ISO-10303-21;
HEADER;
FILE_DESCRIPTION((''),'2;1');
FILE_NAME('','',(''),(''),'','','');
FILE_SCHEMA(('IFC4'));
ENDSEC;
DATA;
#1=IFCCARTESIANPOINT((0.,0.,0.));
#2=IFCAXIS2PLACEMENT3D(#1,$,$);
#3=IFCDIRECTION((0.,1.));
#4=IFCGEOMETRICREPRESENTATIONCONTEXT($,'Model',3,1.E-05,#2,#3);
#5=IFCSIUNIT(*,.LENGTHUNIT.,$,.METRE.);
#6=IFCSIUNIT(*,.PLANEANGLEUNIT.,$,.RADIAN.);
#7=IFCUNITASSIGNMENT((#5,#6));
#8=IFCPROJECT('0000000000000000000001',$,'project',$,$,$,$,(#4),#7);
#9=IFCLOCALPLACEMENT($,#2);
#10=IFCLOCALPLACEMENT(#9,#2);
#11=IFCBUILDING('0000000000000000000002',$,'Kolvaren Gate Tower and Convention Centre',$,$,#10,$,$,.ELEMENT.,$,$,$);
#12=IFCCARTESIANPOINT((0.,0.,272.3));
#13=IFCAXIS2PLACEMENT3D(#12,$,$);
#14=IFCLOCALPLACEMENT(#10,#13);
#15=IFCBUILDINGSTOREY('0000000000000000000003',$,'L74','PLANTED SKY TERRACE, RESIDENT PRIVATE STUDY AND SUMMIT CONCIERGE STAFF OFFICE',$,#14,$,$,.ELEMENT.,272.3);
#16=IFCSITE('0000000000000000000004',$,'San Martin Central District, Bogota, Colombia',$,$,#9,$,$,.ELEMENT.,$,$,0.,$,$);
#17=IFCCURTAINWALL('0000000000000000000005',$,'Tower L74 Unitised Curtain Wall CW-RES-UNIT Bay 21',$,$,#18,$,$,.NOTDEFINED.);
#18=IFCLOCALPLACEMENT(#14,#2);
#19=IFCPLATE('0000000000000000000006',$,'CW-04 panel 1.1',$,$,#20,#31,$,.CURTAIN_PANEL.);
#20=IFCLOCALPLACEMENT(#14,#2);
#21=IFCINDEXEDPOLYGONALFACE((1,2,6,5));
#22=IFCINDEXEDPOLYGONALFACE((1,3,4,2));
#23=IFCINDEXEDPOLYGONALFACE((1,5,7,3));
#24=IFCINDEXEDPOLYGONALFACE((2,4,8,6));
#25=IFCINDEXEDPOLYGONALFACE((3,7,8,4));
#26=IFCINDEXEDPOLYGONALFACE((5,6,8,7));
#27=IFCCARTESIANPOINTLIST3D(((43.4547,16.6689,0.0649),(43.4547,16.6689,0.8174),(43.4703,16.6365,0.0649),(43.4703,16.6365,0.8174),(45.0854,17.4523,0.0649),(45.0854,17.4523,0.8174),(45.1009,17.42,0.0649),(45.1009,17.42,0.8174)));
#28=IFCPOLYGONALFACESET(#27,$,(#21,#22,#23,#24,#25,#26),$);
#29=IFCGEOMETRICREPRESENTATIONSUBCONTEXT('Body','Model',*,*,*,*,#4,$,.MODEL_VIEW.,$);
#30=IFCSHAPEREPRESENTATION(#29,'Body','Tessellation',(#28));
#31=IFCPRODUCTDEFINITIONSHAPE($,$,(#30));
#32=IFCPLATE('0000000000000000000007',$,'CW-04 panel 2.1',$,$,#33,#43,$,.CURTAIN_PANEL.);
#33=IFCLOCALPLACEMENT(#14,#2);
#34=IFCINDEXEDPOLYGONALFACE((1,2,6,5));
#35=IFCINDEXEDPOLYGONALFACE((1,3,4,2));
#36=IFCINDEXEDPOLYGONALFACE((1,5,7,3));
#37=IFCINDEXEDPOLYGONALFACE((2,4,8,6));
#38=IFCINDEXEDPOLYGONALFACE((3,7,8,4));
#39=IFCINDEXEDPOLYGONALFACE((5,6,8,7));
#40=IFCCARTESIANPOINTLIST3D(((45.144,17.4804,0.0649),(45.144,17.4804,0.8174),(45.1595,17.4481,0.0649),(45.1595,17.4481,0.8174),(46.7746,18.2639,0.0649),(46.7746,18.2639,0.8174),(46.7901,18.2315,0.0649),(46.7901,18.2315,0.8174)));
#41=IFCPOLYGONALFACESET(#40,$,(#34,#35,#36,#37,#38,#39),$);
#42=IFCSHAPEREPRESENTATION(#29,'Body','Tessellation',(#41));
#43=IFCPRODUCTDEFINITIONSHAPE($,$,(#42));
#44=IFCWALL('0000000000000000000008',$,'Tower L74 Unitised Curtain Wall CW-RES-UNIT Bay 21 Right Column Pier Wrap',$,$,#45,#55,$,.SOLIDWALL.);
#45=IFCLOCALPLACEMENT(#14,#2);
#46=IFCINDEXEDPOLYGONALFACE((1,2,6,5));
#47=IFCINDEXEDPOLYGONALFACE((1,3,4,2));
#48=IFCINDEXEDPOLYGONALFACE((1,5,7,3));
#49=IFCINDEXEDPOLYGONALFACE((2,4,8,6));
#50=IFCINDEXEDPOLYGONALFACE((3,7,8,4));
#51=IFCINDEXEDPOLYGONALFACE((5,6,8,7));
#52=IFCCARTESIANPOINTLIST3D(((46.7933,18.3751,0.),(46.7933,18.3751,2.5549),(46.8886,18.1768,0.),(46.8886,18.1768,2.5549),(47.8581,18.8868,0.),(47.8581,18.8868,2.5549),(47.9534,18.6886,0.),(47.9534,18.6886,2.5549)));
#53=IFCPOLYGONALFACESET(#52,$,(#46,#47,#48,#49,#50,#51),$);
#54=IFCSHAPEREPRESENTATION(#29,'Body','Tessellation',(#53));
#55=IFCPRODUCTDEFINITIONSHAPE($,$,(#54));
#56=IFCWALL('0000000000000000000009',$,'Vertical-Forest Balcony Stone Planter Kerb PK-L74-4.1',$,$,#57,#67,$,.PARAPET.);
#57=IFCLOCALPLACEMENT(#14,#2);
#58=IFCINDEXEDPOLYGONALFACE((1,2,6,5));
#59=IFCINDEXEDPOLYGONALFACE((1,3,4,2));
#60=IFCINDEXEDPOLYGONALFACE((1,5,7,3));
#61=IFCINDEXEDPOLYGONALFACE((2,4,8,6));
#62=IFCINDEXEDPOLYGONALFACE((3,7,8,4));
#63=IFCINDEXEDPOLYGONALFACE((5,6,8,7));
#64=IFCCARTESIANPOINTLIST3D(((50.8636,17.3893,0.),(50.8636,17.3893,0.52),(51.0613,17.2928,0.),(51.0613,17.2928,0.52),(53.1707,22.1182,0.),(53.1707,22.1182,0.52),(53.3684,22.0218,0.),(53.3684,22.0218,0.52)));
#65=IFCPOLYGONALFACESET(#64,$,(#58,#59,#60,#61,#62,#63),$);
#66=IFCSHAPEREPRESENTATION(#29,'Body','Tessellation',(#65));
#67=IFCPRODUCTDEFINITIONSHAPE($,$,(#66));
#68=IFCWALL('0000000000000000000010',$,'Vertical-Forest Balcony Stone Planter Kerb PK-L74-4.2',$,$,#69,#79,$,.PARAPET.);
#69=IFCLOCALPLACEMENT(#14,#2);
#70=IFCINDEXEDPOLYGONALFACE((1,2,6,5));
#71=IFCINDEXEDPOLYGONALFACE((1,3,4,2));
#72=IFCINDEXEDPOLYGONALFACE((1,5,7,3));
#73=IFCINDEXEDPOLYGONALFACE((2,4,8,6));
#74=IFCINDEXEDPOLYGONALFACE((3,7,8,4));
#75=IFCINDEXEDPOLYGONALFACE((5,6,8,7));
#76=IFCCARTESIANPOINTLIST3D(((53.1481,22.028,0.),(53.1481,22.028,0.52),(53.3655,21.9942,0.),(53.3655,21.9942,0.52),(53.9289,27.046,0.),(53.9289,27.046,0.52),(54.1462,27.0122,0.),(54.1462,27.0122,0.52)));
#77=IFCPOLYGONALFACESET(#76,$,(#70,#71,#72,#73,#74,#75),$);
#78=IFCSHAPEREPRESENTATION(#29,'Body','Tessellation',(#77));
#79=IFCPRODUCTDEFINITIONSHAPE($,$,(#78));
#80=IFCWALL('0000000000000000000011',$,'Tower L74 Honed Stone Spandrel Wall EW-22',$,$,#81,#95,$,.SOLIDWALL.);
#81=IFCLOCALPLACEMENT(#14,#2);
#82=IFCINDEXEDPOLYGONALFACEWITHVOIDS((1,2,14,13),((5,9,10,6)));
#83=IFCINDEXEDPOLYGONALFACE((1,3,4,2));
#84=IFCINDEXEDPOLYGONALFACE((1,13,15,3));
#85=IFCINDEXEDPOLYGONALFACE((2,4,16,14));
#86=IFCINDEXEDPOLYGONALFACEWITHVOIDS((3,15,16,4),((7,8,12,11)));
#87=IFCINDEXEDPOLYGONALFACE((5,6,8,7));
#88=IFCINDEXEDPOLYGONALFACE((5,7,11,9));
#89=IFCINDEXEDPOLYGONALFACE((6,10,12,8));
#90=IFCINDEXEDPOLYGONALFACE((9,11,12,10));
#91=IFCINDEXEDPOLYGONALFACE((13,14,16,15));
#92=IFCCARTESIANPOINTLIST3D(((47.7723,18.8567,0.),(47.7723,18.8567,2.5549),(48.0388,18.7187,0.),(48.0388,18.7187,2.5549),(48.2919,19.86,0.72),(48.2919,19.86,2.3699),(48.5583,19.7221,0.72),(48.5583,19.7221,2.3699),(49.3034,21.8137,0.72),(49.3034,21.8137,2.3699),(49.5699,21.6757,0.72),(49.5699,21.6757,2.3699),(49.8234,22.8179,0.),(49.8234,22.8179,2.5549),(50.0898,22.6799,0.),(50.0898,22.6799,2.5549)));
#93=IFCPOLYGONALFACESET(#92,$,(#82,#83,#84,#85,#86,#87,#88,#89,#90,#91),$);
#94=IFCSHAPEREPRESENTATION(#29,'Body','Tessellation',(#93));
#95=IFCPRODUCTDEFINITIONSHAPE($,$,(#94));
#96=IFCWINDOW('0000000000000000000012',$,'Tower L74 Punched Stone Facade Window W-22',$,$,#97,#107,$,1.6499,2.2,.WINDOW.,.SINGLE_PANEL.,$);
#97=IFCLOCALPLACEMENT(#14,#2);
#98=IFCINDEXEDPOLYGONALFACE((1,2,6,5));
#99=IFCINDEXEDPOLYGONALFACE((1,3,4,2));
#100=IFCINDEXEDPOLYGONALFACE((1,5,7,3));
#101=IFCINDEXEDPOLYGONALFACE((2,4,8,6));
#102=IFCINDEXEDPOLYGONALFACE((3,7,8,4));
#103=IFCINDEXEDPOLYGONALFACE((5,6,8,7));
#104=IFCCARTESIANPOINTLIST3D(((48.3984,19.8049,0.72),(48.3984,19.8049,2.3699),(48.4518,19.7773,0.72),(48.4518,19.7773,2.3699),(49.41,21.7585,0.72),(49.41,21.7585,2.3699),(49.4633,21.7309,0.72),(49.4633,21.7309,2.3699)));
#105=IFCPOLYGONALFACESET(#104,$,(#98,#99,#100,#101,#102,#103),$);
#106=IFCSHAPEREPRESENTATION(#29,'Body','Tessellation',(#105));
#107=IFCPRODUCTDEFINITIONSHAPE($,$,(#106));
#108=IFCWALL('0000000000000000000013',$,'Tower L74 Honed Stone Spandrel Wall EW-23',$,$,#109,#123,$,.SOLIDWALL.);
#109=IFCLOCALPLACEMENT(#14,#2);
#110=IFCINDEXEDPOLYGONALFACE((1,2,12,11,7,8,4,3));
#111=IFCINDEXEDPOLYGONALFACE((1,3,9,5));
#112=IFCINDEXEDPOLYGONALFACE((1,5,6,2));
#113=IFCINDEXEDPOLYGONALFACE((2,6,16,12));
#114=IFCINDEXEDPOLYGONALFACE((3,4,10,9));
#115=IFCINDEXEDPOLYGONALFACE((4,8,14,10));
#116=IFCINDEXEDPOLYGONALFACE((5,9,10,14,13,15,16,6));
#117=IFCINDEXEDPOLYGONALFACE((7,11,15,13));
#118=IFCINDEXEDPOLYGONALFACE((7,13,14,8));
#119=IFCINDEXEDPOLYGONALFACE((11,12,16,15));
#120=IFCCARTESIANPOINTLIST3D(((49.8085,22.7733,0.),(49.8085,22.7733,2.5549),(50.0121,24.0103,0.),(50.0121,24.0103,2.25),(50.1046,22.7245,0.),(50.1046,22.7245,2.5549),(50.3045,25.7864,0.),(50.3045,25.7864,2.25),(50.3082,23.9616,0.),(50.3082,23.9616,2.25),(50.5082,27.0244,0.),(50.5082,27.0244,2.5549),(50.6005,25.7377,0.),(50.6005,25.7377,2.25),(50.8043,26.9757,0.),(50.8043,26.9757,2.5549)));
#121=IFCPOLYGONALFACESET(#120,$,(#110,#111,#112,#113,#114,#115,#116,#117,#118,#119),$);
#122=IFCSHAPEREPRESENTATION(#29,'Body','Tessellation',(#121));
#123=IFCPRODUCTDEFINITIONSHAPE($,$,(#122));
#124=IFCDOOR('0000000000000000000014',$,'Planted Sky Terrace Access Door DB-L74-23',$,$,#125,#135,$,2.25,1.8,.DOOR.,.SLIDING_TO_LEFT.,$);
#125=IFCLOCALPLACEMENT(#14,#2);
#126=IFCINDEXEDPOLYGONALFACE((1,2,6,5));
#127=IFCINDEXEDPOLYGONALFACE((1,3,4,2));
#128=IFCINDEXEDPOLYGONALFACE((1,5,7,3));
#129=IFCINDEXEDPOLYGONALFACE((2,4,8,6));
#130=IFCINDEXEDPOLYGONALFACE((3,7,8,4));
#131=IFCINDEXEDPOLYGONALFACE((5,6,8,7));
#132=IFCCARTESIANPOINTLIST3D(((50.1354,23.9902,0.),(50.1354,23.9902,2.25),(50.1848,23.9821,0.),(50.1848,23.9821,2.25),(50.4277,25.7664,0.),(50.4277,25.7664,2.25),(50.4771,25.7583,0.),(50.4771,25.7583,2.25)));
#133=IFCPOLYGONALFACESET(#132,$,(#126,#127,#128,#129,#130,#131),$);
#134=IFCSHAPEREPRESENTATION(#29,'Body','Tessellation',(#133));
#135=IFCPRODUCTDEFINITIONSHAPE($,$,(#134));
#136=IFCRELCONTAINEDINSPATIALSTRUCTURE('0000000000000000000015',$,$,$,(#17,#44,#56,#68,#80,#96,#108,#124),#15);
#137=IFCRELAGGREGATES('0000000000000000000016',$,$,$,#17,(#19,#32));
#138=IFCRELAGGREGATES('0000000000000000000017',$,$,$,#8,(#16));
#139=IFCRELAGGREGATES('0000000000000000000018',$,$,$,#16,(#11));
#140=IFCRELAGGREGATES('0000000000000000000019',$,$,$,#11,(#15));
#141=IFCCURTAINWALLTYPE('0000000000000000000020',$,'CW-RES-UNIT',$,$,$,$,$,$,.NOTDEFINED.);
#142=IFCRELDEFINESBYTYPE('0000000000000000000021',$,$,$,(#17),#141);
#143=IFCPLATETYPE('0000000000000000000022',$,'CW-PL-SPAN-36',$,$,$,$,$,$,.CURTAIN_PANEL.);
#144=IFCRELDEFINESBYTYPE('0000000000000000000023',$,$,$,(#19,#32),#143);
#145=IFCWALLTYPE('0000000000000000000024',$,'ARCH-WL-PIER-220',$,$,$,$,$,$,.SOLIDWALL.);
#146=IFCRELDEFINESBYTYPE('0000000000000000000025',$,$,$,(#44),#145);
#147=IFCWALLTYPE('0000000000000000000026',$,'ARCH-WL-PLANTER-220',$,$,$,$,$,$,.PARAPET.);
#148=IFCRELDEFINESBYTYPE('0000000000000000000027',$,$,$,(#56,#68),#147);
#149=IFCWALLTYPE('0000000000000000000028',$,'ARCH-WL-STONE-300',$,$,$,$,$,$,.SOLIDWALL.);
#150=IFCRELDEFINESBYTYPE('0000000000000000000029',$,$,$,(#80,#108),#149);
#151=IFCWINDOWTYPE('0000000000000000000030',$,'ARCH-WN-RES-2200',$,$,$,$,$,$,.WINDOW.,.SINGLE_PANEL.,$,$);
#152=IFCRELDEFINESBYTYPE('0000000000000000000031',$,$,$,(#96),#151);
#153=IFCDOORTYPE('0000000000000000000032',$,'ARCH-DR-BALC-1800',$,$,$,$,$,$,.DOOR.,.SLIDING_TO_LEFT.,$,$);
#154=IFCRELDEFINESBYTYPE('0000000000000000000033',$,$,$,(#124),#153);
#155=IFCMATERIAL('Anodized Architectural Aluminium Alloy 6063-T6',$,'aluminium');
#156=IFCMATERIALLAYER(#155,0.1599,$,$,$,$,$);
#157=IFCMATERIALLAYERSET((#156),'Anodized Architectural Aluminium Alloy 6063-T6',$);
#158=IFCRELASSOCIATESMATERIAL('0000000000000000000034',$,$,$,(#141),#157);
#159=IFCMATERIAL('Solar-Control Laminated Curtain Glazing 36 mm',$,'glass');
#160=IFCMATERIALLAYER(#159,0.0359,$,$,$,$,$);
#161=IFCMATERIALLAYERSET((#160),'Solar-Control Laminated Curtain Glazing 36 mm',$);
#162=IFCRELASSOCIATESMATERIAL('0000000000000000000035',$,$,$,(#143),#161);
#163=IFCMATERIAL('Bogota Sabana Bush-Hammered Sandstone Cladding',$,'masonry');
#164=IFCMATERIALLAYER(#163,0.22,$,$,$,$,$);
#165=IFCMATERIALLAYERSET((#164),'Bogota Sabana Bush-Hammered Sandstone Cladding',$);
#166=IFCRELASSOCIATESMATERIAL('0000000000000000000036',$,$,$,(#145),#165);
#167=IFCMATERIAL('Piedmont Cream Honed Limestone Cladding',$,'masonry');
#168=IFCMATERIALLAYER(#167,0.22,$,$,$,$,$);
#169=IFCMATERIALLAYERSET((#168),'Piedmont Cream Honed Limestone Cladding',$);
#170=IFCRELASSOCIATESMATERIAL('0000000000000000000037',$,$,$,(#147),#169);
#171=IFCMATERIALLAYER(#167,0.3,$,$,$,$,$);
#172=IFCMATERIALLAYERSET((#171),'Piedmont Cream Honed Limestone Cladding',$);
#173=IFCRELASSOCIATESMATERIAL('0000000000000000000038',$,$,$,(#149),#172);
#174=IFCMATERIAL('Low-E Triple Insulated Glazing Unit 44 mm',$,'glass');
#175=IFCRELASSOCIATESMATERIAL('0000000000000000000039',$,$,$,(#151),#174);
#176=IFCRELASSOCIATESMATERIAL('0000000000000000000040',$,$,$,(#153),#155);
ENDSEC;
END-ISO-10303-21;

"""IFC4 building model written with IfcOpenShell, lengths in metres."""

from ifc_helpers import new_model, si_unit, direction, frame, frame_2d, origin, origin_2d, place, context, subcontext, project, spatial, rectangle, extrude, material, layer, layer_set, type_object, element, fill, aggregate, save


model = new_model("IFC4")

# Units and contexts
model_context = context("Model", 3, precision=1e-05, world=origin(), true_north=direction((0.0, 1.0)))
body_context = subcontext(model_context, "Body", "Model", "MODEL_VIEW")
ifc_project = project(units=[si_unit("LENGTHUNIT", "METRE"), si_unit("PLANEANGLEUNIT", "RADIAN")], contexts=[model_context])

# Site, building, storey
site_placement = place(None, origin())
site = spatial("IfcSite", under=ifc_project, at=site_placement, Name="San Martin Central District, Bogota, Colombia", CompositionType="ELEMENT", RefElevation=0.0)
building_placement = place(site_placement, origin())
building = spatial("IfcBuilding", under=site, at=building_placement, Name="Kolvaren Gate Tower and Convention Centre", CompositionType="ELEMENT")
storey_placement = place(building_placement, frame((0.0, 0.0, 272.3)))
storey = spatial("IfcBuildingStorey", under=building, at=storey_placement, Name="L74", Description="PLANTED SKY TERRACE, RESIDENT PRIVATE STUDY AND SUMMIT CONCIERGE STAFF OFFICE", CompositionType="ELEMENT", Elevation=272.3)

# Curtain wall
ifc_material_1 = material(Name="Anodized Architectural Aluminium Alloy 6063-T6", Category="aluminium")
ifc_layer_1 = layer(ifc_material_1, 0.1599)
ifc_layer_set_1 = layer_set([ifc_layer_1], Name="Anodized Architectural Aluminium Alloy 6063-T6")
curtain_wall_type = type_object("IfcCurtainWallType", Name="CW-RES-UNIT", PredefinedType="NOTDEFINED", material=ifc_layer_set_1)
curtain_wall_placement = place(storey_placement, origin())
curtain_wall = element("IfcCurtainWall", 1, at=curtain_wall_placement, inside=storey, type_object=curtain_wall_type, Name="Tower L74 Unitised Curtain Wall CW-RES-UNIT Bay 21", PredefinedType="NOTDEFINED")

# Plates
ifc_material_2 = material(Name="Low-E Triple Insulated Glazing Unit 44 mm", Category="glass")
ifc_material_3 = material(Name="Solar-Control Laminated Curtain Glazing 36 mm", Category="glass")
ifc_layer_2 = layer(ifc_material_3, 0.0359)
ifc_layer_set_2 = layer_set([ifc_layer_2], Name="Solar-Control Laminated Curtain Glazing 36 mm")
plate_type_1 = type_object("IfcPlateType", Name="CW-PL-SPAN-36", PredefinedType="CURTAIN_PANEL", material=ifc_layer_set_2)
plate_1_placement = place(storey_placement, frame((44.2778, 17.0444, 0.0649), z_axis=(0.0, 0.0, 1.0), x_axis=(0.901361, 0.43307, 0.0)))
plate_1 = element("IfcPlate", 2, at=plate_1_placement, type_object=plate_type_1, Name="CW-04 panel 1.1", PredefinedType="CURTAIN_PANEL", context=body_context, shape_type="SweptSolid", body=[
    extrude(rectangle(XDim=1.8091, YDim=0.0359, at=origin_2d()), origin(), (0.0, 0.0, 1.0), 0.7524),
])
plate_2_placement = place(storey_placement, frame((45.967, 17.856, 0.0649), z_axis=(0.0, 0.0, 1.0), x_axis=(0.901361, 0.43307, 0.0)))
plate_2 = element("IfcPlate", 3, at=plate_2_placement, type_object=plate_type_1, Name="CW-04 panel 2.1", PredefinedType="CURTAIN_PANEL", context=body_context, shape_type="SweptSolid", body=[
    extrude(rectangle(XDim=1.8091, YDim=0.0359, at=origin_2d()), origin(), (0.0, 0.0, 1.0), 0.7524),
])
aggregate(curtain_wall, [plate_1, plate_2])

# Walls
ifc_material_4 = material(Name="Bogota Sabana Bush-Hammered Sandstone Cladding", Category="masonry")
ifc_layer_3 = layer(ifc_material_4, 0.22)
ifc_layer_set_3 = layer_set([ifc_layer_3], Name="Bogota Sabana Bush-Hammered Sandstone Cladding")
wall_type_1 = type_object("IfcWallType", Name="ARCH-WL-PIER-220", PredefinedType="SOLIDWALL", material=ifc_layer_set_3)
wall_1_placement = place(storey_placement, frame((46.8408, 18.2759, 0.0), z_axis=(0.0, 0.0, 1.0), x_axis=(0.901304, 0.433188, 0.0)))
element("IfcWall", 4, at=wall_1_placement, inside=storey, type_object=wall_type_1, Name="Tower L74 Unitised Curtain Wall CW-RES-UNIT Bay 21 Right Column Pier Wrap", PredefinedType="SOLIDWALL", context=body_context, shape_type="SweptSolid", body=[
    extrude(rectangle(XDim=1.1814, YDim=0.22, at=frame_2d((0.5908, 0.0))), origin(), (0.0, 0.0, 1.0), 2.5549),
])
ifc_material_5 = material(Name="Piedmont Cream Honed Limestone Cladding", Category="masonry")
ifc_layer_4 = layer(ifc_material_5, 0.22)
ifc_layer_set_4 = layer_set([ifc_layer_4], Name="Piedmont Cream Honed Limestone Cladding")
wall_type_2 = type_object("IfcWallType", Name="ARCH-WL-PLANTER-220", PredefinedType="PARAPET", material=ifc_layer_set_4)
wall_2_placement = place(storey_placement, frame((50.9624, 17.3411, 0.0), z_axis=(0.0, 0.0, 1.0), x_axis=(0.438469, 0.898746, 0.0)))
element("IfcWall", 5, at=wall_2_placement, inside=storey, type_object=wall_type_2, Name="Vertical-Forest Balcony Stone Planter Kerb PK-L74-4.1", PredefinedType="PARAPET", context=body_context, shape_type="SweptSolid", body=[
    extrude(rectangle(XDim=5.2617, YDim=0.22, at=frame_2d((2.6309, 0.0))), origin(), (0.0, 0.0, 1.0), 0.52),
])
wall_3_placement = place(storey_placement, frame((53.2568, 22.0112, 0.0), z_axis=(0.0, 0.0, 1.0), x_axis=(0.15374, 0.988111, 0.0)))
element("IfcWall", 6, at=wall_3_placement, inside=storey, type_object=wall_type_2, Name="Vertical-Forest Balcony Stone Planter Kerb PK-L74-4.2", PredefinedType="PARAPET", context=body_context, shape_type="SweptSolid", body=[
    extrude(rectangle(XDim=5.0784, YDim=0.22, at=frame_2d((2.5391, 0.0))), origin(), (0.0, 0.0, 1.0), 0.52),
])

# Wall, opening, window
ifc_layer_5 = layer(ifc_material_5, 0.3)
ifc_layer_set_5 = layer_set([ifc_layer_5], Name="Piedmont Cream Honed Limestone Cladding")
wall_type_3 = type_object("IfcWallType", Name="ARCH-WL-STONE-300", PredefinedType="SOLIDWALL", material=ifc_layer_set_5)
wall_4_placement = place(storey_placement, frame((47.9055, 18.7876, 0.0), z_axis=(0.0, 0.0, 1.0), x_axis=(0.459801, 0.888022, 0.0)))
wall_4 = element("IfcWall", 7, at=wall_4_placement, inside=storey, type_object=wall_type_3, Name="Tower L74 Honed Stone Spandrel Wall EW-22", PredefinedType="SOLIDWALL", context=body_context, shape_type="SweptSolid", body=[
    extrude(rectangle(XDim=4.4607, YDim=0.3, at=frame_2d((2.2305, 0.0))), origin(), (0.0, 0.0, 1.0), 2.5549),
])
opening_1_placement = place(wall_4_placement, frame((1.1299, 0.0, 0.72)))
opening_1 = element("IfcOpeningElement", 8, at=opening_1_placement, cuts=wall_4, PredefinedType="OPENING", context=body_context, shape_type="SweptSolid", body=[
    extrude(rectangle(XDim=2.2, YDim=1.6499, at=frame_2d((1.1001, 0.825))), frame((0.0, 0.1599, 0.0), z_axis=(0.0, -1.0, 0.0), x_axis=(1.0, 0.0, 0.0)), (0.0, 0.0, 1.0), 0.3201),
])
window_type = type_object("IfcWindowType", Name="ARCH-WN-RES-2200", PartitioningType="SINGLE_PANEL", PredefinedType="WINDOW", material=ifc_material_2)
window_placement = place(opening_1_placement, origin())
window = element("IfcWindow", 9, at=window_placement, inside=storey, type_object=window_type, Name="Tower L74 Punched Stone Facade Window W-22", OverallHeight=1.6499, OverallWidth=2.2, PartitioningType="SINGLE_PANEL", PredefinedType="WINDOW", context=body_context, shape_type="SweptSolid", body=[
    extrude(rectangle(XDim=2.2, YDim=1.6499, at=frame_2d((1.1001, 0.825))), frame((0.0, 0.03, 0.0), z_axis=(0.0, -1.0, 0.0), x_axis=(1.0, 0.0, 0.0)), (0.0, 0.0, 1.0), 0.0601),
])
fill(opening_1, window)

# Wall, opening, door
wall_5_placement = place(storey_placement, frame((49.9565, 22.7488, 0.0), z_axis=(0.0, 0.0, 1.0), x_axis=(0.162405, 0.986724, 0.0)))
wall_5 = element("IfcWall", 10, at=wall_5_placement, inside=storey, type_object=wall_type_3, Name="Tower L74 Honed Stone Spandrel Wall EW-23", PredefinedType="SOLIDWALL", context=body_context, shape_type="SweptSolid", body=[
    extrude(rectangle(XDim=4.3083, YDim=0.3, at=frame_2d((2.1543, 0.0))), origin(), (0.0, 0.0, 1.0), 2.5549),
])
opening_2_placement = place(wall_5_placement, frame((1.2539, 0.0, 0.0)))
opening_2 = element("IfcOpeningElement", 11, at=opening_2_placement, cuts=wall_5, PredefinedType="OPENING", context=body_context, shape_type="SweptSolid", body=[
    extrude(rectangle(XDim=1.8, YDim=2.25, at=frame_2d((0.8999, 1.125))), frame((0.0, 0.1599, 0.0), z_axis=(0.0, -1.0, 0.0), x_axis=(1.0, 0.0, 0.0)), (0.0, 0.0, 1.0), 0.3201),
])
door_type = type_object("IfcDoorType", Name="ARCH-DR-BALC-1800", OperationType="SLIDING_TO_LEFT", PredefinedType="DOOR", material=ifc_material_1)
door_placement = place(opening_2_placement, frame((1.8, 0.0, 0.0), z_axis=(0.0, 0.0, 1.0), x_axis=(-1.0, 0.0, 0.0)))
door = element("IfcDoor", 12, at=door_placement, inside=storey, type_object=door_type, Name="Planted Sky Terrace Access Door DB-L74-23", OperationType="SLIDING_TO_LEFT", OverallHeight=2.25, OverallWidth=1.8, PredefinedType="DOOR", context=body_context, shape_type="SweptSolid", body=[
    extrude(rectangle(XDim=1.8, YDim=2.25, at=frame_2d((0.8999, 1.125))), frame((0.0, 0.0249, 0.0), z_axis=(0.0, -1.0, 0.0), x_axis=(1.0, 0.0, 0.0)), (0.0, 0.0, 1.0), 0.05),
])
fill(opening_2, door)

save(model, "model.ifc")
